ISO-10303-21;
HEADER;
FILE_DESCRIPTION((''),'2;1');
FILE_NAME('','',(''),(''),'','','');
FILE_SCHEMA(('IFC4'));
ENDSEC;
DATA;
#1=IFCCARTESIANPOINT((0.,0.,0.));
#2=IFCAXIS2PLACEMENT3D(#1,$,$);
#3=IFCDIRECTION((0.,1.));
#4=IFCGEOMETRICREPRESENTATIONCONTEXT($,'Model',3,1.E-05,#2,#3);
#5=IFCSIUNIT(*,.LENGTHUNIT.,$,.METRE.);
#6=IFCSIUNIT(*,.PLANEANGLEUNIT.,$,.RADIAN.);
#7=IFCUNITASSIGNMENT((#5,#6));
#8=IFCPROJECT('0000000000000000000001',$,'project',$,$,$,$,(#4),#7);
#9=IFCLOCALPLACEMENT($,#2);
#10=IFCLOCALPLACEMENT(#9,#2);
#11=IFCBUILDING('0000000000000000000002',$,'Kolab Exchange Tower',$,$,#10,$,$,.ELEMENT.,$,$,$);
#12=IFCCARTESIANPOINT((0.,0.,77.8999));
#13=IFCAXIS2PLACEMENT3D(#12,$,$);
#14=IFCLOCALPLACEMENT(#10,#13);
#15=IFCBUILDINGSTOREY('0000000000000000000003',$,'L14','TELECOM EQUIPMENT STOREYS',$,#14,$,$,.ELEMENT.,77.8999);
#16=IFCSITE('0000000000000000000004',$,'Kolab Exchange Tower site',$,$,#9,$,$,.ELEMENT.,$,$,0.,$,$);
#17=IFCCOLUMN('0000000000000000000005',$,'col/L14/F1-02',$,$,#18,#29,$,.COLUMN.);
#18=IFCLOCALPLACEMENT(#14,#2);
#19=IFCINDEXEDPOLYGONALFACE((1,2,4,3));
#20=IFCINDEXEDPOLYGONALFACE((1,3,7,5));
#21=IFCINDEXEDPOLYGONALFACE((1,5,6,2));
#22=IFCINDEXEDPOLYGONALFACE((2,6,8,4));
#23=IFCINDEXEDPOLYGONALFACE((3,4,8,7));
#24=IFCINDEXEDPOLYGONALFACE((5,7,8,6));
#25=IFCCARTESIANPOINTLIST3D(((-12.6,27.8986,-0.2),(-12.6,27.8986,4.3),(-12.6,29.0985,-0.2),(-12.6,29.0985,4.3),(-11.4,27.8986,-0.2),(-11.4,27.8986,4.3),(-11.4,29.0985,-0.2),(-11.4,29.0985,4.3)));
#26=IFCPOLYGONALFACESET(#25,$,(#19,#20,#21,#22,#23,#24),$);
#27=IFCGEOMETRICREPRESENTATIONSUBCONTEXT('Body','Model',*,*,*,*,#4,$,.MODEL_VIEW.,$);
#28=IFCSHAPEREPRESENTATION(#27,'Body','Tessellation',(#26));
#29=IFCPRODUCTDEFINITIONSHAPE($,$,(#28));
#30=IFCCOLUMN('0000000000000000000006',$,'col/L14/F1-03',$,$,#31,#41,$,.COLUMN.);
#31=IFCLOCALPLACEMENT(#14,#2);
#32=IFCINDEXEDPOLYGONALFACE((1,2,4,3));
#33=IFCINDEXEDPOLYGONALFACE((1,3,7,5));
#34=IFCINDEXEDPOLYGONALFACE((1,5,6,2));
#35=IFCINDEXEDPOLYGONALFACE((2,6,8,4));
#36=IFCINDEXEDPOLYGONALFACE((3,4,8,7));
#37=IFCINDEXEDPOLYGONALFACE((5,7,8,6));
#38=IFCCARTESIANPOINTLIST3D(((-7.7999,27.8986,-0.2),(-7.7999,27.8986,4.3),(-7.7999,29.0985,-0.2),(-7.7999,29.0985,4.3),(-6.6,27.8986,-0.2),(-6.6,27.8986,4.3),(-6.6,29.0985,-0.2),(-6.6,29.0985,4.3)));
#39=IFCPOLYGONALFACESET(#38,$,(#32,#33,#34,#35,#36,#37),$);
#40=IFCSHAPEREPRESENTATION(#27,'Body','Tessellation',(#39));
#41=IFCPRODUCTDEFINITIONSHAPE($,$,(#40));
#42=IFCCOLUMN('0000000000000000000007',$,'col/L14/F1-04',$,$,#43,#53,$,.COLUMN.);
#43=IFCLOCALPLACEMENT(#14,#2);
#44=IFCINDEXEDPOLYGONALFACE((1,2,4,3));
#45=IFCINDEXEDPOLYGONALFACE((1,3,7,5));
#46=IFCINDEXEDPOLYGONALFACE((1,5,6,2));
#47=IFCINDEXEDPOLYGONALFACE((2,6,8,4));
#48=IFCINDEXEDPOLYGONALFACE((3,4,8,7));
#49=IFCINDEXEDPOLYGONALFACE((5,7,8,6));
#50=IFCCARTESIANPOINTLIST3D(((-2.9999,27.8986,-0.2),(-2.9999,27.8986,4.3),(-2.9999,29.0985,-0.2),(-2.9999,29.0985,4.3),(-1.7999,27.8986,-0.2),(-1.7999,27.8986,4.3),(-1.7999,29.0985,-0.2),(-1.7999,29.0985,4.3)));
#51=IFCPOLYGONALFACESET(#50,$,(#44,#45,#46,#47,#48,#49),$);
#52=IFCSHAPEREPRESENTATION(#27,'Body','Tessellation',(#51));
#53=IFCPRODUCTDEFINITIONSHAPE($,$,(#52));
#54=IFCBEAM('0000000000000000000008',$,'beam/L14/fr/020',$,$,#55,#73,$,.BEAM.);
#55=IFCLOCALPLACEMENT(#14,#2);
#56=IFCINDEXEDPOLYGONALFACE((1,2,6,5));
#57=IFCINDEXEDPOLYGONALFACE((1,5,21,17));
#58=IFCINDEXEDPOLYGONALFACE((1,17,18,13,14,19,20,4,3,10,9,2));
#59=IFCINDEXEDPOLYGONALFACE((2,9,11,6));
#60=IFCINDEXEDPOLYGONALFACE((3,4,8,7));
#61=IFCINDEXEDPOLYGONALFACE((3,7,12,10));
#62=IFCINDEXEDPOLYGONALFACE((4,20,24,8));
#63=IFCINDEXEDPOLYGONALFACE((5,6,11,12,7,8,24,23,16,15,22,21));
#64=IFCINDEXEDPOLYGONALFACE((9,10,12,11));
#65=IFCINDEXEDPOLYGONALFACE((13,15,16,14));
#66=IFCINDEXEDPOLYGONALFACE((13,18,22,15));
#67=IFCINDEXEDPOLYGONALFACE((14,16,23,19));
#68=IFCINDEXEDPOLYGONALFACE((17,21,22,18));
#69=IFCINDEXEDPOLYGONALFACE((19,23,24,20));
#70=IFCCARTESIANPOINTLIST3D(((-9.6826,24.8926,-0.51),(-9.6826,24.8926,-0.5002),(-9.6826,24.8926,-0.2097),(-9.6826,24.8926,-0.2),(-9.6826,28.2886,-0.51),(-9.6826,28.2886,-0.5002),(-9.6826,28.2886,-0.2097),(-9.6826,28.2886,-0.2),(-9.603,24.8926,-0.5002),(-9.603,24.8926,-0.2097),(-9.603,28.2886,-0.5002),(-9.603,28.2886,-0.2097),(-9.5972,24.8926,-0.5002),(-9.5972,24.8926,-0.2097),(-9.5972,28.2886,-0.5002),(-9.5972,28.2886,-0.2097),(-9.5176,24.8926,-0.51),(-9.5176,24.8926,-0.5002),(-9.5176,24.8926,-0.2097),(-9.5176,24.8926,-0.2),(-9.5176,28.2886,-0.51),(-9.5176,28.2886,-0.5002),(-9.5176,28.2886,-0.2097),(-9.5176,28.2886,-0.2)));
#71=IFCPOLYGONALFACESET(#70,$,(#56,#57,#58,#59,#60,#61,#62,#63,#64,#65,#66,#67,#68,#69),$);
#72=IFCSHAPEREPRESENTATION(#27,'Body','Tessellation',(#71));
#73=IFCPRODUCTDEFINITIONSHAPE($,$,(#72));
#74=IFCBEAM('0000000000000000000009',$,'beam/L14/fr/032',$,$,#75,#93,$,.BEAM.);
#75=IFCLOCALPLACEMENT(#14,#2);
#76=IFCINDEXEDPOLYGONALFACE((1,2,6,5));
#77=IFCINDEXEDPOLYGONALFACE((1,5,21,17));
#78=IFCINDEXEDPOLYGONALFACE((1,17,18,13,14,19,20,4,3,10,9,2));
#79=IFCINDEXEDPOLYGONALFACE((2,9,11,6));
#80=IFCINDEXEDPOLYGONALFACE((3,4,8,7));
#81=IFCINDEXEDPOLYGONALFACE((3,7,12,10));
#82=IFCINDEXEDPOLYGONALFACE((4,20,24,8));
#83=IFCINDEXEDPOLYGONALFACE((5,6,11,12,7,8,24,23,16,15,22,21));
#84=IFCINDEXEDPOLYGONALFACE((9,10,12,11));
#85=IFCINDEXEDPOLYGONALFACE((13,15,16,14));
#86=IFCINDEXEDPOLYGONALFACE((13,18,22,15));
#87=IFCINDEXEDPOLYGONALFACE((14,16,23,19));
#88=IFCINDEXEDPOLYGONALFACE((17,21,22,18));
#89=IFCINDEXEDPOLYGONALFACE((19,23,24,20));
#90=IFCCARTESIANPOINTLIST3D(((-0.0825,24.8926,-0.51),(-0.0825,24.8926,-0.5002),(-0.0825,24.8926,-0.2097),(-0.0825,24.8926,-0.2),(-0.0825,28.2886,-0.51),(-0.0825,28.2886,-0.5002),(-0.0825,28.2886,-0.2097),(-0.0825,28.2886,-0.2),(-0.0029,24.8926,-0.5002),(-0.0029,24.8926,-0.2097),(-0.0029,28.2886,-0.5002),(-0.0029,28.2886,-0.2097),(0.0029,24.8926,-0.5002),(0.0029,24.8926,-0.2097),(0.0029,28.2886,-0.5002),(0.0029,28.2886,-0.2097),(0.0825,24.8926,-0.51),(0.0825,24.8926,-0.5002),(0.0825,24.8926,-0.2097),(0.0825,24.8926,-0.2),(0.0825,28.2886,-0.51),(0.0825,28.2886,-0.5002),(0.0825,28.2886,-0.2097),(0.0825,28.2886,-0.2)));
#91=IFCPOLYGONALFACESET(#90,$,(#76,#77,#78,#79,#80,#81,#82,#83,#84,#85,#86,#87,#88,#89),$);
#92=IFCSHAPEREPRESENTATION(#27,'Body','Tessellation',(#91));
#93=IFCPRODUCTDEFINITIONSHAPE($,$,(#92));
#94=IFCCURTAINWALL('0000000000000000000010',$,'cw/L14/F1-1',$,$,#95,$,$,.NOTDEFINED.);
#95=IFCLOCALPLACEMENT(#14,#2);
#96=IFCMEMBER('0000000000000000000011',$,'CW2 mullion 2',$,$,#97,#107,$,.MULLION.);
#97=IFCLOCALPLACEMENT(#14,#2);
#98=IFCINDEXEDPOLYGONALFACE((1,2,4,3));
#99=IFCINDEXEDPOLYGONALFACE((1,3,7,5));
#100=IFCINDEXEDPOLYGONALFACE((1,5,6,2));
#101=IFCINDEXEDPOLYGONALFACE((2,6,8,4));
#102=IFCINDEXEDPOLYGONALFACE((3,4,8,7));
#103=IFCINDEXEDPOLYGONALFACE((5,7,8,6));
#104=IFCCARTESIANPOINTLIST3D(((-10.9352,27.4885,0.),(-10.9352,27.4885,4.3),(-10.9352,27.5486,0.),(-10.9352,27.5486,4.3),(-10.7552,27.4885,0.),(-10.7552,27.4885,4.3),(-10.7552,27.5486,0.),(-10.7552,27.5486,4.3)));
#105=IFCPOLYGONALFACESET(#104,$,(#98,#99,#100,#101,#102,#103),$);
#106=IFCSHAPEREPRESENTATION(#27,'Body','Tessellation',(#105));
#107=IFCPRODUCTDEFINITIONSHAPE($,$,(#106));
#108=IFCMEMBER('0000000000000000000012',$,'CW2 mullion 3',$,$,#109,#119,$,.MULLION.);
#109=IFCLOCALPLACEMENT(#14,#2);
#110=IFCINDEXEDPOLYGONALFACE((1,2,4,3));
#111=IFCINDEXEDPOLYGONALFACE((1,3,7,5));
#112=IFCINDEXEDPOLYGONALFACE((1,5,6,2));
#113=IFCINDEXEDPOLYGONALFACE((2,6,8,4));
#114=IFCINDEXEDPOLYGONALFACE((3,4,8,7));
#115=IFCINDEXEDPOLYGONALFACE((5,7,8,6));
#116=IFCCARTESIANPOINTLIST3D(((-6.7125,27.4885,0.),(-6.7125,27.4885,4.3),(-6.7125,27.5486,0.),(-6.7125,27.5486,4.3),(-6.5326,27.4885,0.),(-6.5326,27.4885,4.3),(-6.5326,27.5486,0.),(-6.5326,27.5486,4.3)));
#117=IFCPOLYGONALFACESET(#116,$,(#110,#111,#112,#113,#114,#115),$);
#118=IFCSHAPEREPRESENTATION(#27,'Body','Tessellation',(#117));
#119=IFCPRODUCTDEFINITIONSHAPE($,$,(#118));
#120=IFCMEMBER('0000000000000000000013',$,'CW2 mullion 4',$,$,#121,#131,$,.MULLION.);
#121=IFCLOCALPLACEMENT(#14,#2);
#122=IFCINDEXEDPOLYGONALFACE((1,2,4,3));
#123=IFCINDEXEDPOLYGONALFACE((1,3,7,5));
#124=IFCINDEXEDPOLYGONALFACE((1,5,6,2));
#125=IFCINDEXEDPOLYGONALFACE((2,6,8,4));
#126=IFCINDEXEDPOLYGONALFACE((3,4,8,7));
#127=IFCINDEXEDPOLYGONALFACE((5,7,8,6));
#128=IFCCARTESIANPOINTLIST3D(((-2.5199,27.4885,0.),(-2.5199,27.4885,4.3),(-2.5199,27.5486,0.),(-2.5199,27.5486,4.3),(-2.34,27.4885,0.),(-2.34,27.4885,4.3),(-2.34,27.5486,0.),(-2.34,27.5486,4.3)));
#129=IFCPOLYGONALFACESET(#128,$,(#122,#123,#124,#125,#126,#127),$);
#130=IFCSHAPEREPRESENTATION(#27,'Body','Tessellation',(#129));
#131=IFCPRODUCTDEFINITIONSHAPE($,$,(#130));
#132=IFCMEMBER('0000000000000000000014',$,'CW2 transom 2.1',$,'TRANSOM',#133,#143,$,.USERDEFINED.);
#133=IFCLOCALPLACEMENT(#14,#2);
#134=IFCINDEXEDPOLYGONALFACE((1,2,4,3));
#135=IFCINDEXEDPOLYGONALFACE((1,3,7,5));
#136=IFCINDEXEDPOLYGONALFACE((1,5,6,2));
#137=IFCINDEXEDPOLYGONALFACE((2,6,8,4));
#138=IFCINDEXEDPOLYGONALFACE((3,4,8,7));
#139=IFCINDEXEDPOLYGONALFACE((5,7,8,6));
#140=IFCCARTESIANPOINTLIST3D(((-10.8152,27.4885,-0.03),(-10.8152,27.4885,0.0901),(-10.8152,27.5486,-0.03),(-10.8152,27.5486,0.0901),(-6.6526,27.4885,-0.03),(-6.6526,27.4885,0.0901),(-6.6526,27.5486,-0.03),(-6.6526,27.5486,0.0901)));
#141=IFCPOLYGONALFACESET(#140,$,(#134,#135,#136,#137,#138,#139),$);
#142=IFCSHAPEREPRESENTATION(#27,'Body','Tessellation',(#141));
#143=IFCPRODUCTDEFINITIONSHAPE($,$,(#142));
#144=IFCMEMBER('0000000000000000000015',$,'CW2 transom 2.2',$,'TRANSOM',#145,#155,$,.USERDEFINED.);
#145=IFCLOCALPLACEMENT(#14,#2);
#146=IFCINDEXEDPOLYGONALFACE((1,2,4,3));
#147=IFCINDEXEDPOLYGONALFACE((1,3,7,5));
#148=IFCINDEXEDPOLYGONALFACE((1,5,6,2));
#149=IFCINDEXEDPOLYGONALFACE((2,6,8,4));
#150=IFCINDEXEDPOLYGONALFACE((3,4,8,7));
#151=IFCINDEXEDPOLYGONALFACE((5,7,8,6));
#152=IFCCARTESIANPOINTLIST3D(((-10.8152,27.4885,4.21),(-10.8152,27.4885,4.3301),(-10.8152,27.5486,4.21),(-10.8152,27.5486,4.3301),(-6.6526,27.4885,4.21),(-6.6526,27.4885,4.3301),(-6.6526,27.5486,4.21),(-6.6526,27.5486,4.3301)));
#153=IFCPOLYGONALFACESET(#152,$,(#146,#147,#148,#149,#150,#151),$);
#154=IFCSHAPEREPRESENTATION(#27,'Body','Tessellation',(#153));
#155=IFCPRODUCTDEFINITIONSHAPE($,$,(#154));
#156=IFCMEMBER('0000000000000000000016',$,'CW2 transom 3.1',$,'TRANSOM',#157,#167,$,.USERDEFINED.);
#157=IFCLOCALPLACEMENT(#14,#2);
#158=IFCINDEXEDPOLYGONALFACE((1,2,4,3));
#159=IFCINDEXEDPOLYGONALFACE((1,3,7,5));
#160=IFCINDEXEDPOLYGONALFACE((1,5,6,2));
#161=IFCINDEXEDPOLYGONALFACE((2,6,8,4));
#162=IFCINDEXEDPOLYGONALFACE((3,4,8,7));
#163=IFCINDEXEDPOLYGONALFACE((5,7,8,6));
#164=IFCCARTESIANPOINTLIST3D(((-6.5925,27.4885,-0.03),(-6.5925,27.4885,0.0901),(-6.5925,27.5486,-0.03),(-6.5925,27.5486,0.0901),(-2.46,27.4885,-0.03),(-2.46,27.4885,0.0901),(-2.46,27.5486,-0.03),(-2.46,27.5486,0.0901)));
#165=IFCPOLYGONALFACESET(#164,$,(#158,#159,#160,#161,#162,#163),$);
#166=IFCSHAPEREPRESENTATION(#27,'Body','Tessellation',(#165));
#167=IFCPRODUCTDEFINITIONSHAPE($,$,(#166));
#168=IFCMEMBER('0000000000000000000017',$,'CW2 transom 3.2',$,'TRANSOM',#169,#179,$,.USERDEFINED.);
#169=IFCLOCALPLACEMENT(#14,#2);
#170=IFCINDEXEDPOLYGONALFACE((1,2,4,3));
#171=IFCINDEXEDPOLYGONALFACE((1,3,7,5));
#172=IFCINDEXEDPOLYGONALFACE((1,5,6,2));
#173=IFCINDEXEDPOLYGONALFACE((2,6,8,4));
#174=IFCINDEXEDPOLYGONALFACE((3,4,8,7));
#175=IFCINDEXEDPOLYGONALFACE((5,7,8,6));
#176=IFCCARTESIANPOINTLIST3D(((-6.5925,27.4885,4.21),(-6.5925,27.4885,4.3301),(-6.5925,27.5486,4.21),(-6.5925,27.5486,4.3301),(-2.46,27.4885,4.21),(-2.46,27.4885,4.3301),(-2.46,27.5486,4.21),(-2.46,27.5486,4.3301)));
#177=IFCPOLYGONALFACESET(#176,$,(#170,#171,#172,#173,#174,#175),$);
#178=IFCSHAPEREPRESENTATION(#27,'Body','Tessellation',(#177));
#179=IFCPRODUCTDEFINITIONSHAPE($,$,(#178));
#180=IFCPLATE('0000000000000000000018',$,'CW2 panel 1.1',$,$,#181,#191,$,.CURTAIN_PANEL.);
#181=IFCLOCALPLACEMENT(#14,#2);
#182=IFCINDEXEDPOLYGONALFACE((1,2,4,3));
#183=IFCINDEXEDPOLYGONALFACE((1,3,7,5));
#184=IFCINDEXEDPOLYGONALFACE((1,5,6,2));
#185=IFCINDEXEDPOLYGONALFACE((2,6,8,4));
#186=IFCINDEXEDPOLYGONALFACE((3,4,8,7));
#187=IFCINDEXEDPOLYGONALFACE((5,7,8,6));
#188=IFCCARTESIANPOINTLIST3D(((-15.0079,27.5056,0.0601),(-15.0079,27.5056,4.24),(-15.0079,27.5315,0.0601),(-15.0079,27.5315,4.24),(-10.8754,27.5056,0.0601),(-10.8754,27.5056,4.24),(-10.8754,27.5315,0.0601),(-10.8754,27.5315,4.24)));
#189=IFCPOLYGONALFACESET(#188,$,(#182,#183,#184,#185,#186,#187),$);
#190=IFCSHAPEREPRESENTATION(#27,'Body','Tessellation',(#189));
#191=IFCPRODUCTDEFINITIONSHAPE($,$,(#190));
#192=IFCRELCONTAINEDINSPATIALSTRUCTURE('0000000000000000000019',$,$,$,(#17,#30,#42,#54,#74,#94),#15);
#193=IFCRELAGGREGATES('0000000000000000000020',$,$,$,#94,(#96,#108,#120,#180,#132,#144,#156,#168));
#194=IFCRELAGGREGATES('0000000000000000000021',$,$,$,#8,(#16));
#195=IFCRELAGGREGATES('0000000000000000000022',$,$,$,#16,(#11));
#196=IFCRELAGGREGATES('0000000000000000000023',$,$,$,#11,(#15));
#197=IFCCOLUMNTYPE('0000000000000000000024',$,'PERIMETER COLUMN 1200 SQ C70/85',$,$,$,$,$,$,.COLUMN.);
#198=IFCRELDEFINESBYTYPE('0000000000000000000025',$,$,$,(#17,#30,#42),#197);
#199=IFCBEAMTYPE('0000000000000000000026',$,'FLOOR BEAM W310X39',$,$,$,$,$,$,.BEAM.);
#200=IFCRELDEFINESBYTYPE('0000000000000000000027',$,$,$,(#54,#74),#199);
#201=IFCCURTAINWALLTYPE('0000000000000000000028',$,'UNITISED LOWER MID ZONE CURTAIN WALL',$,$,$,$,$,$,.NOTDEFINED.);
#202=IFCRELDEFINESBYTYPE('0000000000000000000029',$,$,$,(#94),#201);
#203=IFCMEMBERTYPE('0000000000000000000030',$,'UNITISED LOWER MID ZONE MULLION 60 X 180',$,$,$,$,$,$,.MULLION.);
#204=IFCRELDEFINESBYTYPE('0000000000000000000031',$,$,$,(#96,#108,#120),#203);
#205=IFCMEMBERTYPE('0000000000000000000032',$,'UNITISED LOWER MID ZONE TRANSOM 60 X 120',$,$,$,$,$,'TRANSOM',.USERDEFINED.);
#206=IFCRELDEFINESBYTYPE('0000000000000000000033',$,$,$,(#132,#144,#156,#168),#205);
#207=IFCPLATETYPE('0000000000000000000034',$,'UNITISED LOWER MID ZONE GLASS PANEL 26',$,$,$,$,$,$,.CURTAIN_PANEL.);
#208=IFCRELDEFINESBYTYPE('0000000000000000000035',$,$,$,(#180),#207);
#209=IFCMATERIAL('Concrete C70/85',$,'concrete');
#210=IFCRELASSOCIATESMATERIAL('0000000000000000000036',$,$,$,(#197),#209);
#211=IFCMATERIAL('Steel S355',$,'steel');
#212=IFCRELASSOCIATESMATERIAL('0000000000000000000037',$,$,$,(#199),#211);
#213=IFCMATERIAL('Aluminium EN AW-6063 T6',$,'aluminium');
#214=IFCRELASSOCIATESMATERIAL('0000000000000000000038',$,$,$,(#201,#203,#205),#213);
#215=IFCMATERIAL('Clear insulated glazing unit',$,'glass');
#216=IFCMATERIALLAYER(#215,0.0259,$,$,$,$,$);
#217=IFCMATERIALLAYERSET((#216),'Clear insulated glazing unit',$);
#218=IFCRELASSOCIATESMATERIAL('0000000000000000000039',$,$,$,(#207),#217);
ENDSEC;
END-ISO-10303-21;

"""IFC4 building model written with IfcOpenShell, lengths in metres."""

from ifc_helpers import new_model, si_unit, direction, frame, origin, origin_2d, place, context, subcontext, project, spatial, rectangle, i_section, extrude, material, layer, layer_set, material_profile, profile_set, type_object, element, aggregate, save


model = new_model("IFC4")

# Units and contexts
model_context = context("Model", 3, precision=1e-05, world=origin(), true_north=direction((0.0, 1.0)))
body_context = subcontext(model_context, "Body", "Model", "MODEL_VIEW")
ifc_project = project(units=[si_unit("LENGTHUNIT", "METRE"), si_unit("PLANEANGLEUNIT", "RADIAN")], contexts=[model_context])

# Site, building, storey
site_placement = place(None, origin())
site = spatial("IfcSite", under=ifc_project, at=site_placement, Name="Kolab Exchange Tower site", CompositionType="ELEMENT", RefElevation=0.0)
building_placement = place(site_placement, origin())
building = spatial("IfcBuilding", under=site, at=building_placement, Name="Kolab Exchange Tower", CompositionType="ELEMENT")
storey_placement = place(building_placement, frame((0.0, 0.0, 77.8999)))
storey = spatial("IfcBuildingStorey", under=building, at=storey_placement, Name="L14", Description="TELECOM EQUIPMENT STOREYS", CompositionType="ELEMENT", Elevation=77.8999)

# Columns
ifc_material_1 = material(Name="Concrete C70/85", Category="concrete")
ifc_material_profile_1 = material_profile(ifc_material_1, rectangle(XDim=1.2, YDim=1.2, at=origin_2d()), Name="RC1200")
ifc_profile_set_1 = profile_set([ifc_material_profile_1], Name="Concrete C70/85")
column_type = type_object("IfcColumnType", Name="PERIMETER COLUMN 1200 SQ C70/85", PredefinedType="COLUMN", material=ifc_profile_set_1)
for number, where, z_axis, x_axis, name in (
    (1, (-12.0, 28.4985, -0.2), (0.0, 0.0, 1.0), (1.0, 0.0, 0.0), "col/L14/F1-02"),
    (2, (-7.2, 28.4985, -0.2), (0.0, 0.0, 1.0), (1.0, 0.0, 0.0), "col/L14/F1-03"),
    (3, (-2.3999, 28.4985, -0.2), (0.0, 0.0, 1.0), (1.0, 0.0, 0.0), "col/L14/F1-04"),
):
    element("IfcColumn", number, at=place(storey_placement, frame(where, z_axis=z_axis, x_axis=x_axis)), inside=storey, type_object=column_type, Name=name, PredefinedType="COLUMN", context=body_context, shape_type="SweptSolid", body=[
        extrude(rectangle(XDim=1.2, YDim=1.2, at=origin_2d()), origin(), (0.0, 0.0, 1.0), 4.5),
    ])

# Beams
ifc_material_2 = material(Name="Steel S355", Category="steel")
ifc_material_profile_2 = material_profile(ifc_material_2, i_section(OverallWidth=0.165, OverallDepth=0.3101, WebThickness=0.0059, FlangeThickness=0.0098, at=origin_2d()), Name="W310X39")
ifc_profile_set_2 = profile_set([ifc_material_profile_2], Name="Steel S355")
beam_type = type_object("IfcBeamType", Name="FLOOR BEAM W310X39", PredefinedType="BEAM", material=ifc_profile_set_2)
for number, where, z_axis, x_axis, name in (
    (4, (-9.6001, 24.8926, -0.355), (0.0, 1.0, 0.0), (-1.0, 0.0, 0.0), "beam/L14/fr/020"),
    (5, (0.0, 24.8926, -0.355), (0.0, 1.0, 0.0), (-1.0, 0.0, 0.0), "beam/L14/fr/032"),
):
    element("IfcBeam", number, at=place(storey_placement, frame(where, z_axis=z_axis, x_axis=x_axis)), inside=storey, type_object=beam_type, Name=name, PredefinedType="BEAM", context=body_context, shape_type="SweptSolid", body=[
        extrude(i_section(OverallWidth=0.165, OverallDepth=0.3101, WebThickness=0.0059, FlangeThickness=0.0098, at=origin_2d()), origin(), (0.0, 0.0, 1.0), 3.396),
    ])

# Curtain wall, members, plate
ifc_material_3 = material(Name="Aluminium EN AW-6063 T6", Category="aluminium")
curtain_wall_type = type_object("IfcCurtainWallType", Name="UNITISED LOWER MID ZONE CURTAIN WALL", PredefinedType="NOTDEFINED", material=ifc_material_3)
curtain_wall_placement = place(storey_placement, origin())
curtain_wall = element("IfcCurtainWall", 6, at=curtain_wall_placement, inside=storey, type_object=curtain_wall_type, Name="cw/L14/F1-1", PredefinedType="NOTDEFINED")
ifc_material_profile_3 = material_profile(ifc_material_3, rectangle(XDim=0.0601, YDim=0.1799, at=origin_2d()), Name="RECT 60X180")
ifc_profile_set_3 = profile_set([ifc_material_profile_3], Name="Aluminium EN AW-6063 T6")
member_type_1 = type_object("IfcMemberType", Name="UNITISED LOWER MID ZONE MULLION 60 X 180", PredefinedType="MULLION", material=ifc_profile_set_3)
member_1_placement = place(storey_placement, frame((-10.8452, 27.5186, 0.0), z_axis=(0.0, 0.0, 1.0), x_axis=(0.0, 1.0, 0.0)))
member_1 = element("IfcMember", 7, at=member_1_placement, type_object=member_type_1, Name="CW2 mullion 2", PredefinedType="MULLION", context=body_context, shape_type="SweptSolid", body=[
    extrude(rectangle(XDim=0.0601, YDim=0.1799, at=origin_2d()), origin(), (0.0, 0.0, 1.0), 4.3),
])
member_2_placement = place(storey_placement, frame((-6.6226, 27.5186, 0.0), z_axis=(0.0, 0.0, 1.0), x_axis=(0.0, 1.0, 0.0)))
member_2 = element("IfcMember", 8, at=member_2_placement, type_object=member_type_1, Name="CW2 mullion 3", PredefinedType="MULLION", context=body_context, shape_type="SweptSolid", body=[
    extrude(rectangle(XDim=0.0601, YDim=0.1799, at=origin_2d()), origin(), (0.0, 0.0, 1.0), 4.3),
])
member_3_placement = place(storey_placement, frame((-2.4299, 27.5186, 0.0), z_axis=(0.0, 0.0, 1.0), x_axis=(0.0, 1.0, 0.0)))
member_3 = element("IfcMember", 9, at=member_3_placement, type_object=member_type_1, Name="CW2 mullion 4", PredefinedType="MULLION", context=body_context, shape_type="SweptSolid", body=[
    extrude(rectangle(XDim=0.0601, YDim=0.1799, at=origin_2d()), origin(), (0.0, 0.0, 1.0), 4.3),
])
ifc_material_profile_4 = material_profile(ifc_material_3, rectangle(XDim=0.0601, YDim=0.1201, at=origin_2d()), Name="RECT 60X120")
ifc_profile_set_4 = profile_set([ifc_material_profile_4], Name="Aluminium EN AW-6063 T6")
member_type_2 = type_object("IfcMemberType", Name="UNITISED LOWER MID ZONE TRANSOM 60 X 120", ElementType="TRANSOM", PredefinedType="USERDEFINED", material=ifc_profile_set_4)
member_4_placement = place(storey_placement, frame((-10.8152, 27.5186, 0.03), z_axis=(1.0, 0.0, 0.0), x_axis=(0.0, 1.0, 0.0)))
member_4 = element("IfcMember", 10, at=member_4_placement, type_object=member_type_2, Name="CW2 transom 2.1", ObjectType="TRANSOM", PredefinedType="USERDEFINED", context=body_context, shape_type="SweptSolid", body=[
    extrude(rectangle(XDim=0.0601, YDim=0.1201, at=origin_2d()), origin(), (0.0, 0.0, 1.0), 4.1626),
])
member_5_placement = place(storey_placement, frame((-10.8152, 27.5186, 4.27), z_axis=(1.0, 0.0, 0.0), x_axis=(0.0, 1.0, 0.0)))
member_5 = element("IfcMember", 11, at=member_5_placement, type_object=member_type_2, Name="CW2 transom 2.2", ObjectType="TRANSOM", PredefinedType="USERDEFINED", context=body_context, shape_type="SweptSolid", body=[
    extrude(rectangle(XDim=0.0601, YDim=0.1201, at=origin_2d()), origin(), (0.0, 0.0, 1.0), 4.1626),
])
member_6_placement = place(storey_placement, frame((-6.5925, 27.5186, 0.03), z_axis=(1.0, 0.0, 0.0), x_axis=(0.0, 1.0, 0.0)))
member_6 = element("IfcMember", 12, at=member_6_placement, type_object=member_type_2, Name="CW2 transom 3.1", ObjectType="TRANSOM", PredefinedType="USERDEFINED", context=body_context, shape_type="SweptSolid", body=[
    extrude(rectangle(XDim=0.0601, YDim=0.1201, at=origin_2d()), origin(), (0.0, 0.0, 1.0), 4.1326),
])
member_7_placement = place(storey_placement, frame((-6.5925, 27.5186, 4.27), z_axis=(1.0, 0.0, 0.0), x_axis=(0.0, 1.0, 0.0)))
member_7 = element("IfcMember", 13, at=member_7_placement, type_object=member_type_2, Name="CW2 transom 3.2", ObjectType="TRANSOM", PredefinedType="USERDEFINED", context=body_context, shape_type="SweptSolid", body=[
    extrude(rectangle(XDim=0.0601, YDim=0.1201, at=origin_2d()), origin(), (0.0, 0.0, 1.0), 4.1326),
])
ifc_material_4 = material(Name="Clear insulated glazing unit", Category="glass")
ifc_layer_1 = layer(ifc_material_4, 0.0259)
ifc_layer_set_1 = layer_set([ifc_layer_1], Name="Clear insulated glazing unit")
plate_type = type_object("IfcPlateType", Name="UNITISED LOWER MID ZONE GLASS PANEL 26", PredefinedType="CURTAIN_PANEL", material=ifc_layer_set_1)
plate_1_placement = place(storey_placement, frame((-12.9417, 27.5186, 0.0601), z_axis=(0.0, 0.0, 1.0), x_axis=(1.0, 0.0, 0.0)))
plate_1 = element("IfcPlate", 14, at=plate_1_placement, type_object=plate_type, Name="CW2 panel 1.1", PredefinedType="CURTAIN_PANEL", context=body_context, shape_type="SweptSolid", body=[
    extrude(rectangle(XDim=4.1326, YDim=0.0259, at=origin_2d()), origin(), (0.0, 0.0, 1.0), 4.1799),
])
aggregate(curtain_wall, [member_1, member_2, member_3, plate_1, member_4, member_5, member_6, member_7])

save(model, "model.ifc")
